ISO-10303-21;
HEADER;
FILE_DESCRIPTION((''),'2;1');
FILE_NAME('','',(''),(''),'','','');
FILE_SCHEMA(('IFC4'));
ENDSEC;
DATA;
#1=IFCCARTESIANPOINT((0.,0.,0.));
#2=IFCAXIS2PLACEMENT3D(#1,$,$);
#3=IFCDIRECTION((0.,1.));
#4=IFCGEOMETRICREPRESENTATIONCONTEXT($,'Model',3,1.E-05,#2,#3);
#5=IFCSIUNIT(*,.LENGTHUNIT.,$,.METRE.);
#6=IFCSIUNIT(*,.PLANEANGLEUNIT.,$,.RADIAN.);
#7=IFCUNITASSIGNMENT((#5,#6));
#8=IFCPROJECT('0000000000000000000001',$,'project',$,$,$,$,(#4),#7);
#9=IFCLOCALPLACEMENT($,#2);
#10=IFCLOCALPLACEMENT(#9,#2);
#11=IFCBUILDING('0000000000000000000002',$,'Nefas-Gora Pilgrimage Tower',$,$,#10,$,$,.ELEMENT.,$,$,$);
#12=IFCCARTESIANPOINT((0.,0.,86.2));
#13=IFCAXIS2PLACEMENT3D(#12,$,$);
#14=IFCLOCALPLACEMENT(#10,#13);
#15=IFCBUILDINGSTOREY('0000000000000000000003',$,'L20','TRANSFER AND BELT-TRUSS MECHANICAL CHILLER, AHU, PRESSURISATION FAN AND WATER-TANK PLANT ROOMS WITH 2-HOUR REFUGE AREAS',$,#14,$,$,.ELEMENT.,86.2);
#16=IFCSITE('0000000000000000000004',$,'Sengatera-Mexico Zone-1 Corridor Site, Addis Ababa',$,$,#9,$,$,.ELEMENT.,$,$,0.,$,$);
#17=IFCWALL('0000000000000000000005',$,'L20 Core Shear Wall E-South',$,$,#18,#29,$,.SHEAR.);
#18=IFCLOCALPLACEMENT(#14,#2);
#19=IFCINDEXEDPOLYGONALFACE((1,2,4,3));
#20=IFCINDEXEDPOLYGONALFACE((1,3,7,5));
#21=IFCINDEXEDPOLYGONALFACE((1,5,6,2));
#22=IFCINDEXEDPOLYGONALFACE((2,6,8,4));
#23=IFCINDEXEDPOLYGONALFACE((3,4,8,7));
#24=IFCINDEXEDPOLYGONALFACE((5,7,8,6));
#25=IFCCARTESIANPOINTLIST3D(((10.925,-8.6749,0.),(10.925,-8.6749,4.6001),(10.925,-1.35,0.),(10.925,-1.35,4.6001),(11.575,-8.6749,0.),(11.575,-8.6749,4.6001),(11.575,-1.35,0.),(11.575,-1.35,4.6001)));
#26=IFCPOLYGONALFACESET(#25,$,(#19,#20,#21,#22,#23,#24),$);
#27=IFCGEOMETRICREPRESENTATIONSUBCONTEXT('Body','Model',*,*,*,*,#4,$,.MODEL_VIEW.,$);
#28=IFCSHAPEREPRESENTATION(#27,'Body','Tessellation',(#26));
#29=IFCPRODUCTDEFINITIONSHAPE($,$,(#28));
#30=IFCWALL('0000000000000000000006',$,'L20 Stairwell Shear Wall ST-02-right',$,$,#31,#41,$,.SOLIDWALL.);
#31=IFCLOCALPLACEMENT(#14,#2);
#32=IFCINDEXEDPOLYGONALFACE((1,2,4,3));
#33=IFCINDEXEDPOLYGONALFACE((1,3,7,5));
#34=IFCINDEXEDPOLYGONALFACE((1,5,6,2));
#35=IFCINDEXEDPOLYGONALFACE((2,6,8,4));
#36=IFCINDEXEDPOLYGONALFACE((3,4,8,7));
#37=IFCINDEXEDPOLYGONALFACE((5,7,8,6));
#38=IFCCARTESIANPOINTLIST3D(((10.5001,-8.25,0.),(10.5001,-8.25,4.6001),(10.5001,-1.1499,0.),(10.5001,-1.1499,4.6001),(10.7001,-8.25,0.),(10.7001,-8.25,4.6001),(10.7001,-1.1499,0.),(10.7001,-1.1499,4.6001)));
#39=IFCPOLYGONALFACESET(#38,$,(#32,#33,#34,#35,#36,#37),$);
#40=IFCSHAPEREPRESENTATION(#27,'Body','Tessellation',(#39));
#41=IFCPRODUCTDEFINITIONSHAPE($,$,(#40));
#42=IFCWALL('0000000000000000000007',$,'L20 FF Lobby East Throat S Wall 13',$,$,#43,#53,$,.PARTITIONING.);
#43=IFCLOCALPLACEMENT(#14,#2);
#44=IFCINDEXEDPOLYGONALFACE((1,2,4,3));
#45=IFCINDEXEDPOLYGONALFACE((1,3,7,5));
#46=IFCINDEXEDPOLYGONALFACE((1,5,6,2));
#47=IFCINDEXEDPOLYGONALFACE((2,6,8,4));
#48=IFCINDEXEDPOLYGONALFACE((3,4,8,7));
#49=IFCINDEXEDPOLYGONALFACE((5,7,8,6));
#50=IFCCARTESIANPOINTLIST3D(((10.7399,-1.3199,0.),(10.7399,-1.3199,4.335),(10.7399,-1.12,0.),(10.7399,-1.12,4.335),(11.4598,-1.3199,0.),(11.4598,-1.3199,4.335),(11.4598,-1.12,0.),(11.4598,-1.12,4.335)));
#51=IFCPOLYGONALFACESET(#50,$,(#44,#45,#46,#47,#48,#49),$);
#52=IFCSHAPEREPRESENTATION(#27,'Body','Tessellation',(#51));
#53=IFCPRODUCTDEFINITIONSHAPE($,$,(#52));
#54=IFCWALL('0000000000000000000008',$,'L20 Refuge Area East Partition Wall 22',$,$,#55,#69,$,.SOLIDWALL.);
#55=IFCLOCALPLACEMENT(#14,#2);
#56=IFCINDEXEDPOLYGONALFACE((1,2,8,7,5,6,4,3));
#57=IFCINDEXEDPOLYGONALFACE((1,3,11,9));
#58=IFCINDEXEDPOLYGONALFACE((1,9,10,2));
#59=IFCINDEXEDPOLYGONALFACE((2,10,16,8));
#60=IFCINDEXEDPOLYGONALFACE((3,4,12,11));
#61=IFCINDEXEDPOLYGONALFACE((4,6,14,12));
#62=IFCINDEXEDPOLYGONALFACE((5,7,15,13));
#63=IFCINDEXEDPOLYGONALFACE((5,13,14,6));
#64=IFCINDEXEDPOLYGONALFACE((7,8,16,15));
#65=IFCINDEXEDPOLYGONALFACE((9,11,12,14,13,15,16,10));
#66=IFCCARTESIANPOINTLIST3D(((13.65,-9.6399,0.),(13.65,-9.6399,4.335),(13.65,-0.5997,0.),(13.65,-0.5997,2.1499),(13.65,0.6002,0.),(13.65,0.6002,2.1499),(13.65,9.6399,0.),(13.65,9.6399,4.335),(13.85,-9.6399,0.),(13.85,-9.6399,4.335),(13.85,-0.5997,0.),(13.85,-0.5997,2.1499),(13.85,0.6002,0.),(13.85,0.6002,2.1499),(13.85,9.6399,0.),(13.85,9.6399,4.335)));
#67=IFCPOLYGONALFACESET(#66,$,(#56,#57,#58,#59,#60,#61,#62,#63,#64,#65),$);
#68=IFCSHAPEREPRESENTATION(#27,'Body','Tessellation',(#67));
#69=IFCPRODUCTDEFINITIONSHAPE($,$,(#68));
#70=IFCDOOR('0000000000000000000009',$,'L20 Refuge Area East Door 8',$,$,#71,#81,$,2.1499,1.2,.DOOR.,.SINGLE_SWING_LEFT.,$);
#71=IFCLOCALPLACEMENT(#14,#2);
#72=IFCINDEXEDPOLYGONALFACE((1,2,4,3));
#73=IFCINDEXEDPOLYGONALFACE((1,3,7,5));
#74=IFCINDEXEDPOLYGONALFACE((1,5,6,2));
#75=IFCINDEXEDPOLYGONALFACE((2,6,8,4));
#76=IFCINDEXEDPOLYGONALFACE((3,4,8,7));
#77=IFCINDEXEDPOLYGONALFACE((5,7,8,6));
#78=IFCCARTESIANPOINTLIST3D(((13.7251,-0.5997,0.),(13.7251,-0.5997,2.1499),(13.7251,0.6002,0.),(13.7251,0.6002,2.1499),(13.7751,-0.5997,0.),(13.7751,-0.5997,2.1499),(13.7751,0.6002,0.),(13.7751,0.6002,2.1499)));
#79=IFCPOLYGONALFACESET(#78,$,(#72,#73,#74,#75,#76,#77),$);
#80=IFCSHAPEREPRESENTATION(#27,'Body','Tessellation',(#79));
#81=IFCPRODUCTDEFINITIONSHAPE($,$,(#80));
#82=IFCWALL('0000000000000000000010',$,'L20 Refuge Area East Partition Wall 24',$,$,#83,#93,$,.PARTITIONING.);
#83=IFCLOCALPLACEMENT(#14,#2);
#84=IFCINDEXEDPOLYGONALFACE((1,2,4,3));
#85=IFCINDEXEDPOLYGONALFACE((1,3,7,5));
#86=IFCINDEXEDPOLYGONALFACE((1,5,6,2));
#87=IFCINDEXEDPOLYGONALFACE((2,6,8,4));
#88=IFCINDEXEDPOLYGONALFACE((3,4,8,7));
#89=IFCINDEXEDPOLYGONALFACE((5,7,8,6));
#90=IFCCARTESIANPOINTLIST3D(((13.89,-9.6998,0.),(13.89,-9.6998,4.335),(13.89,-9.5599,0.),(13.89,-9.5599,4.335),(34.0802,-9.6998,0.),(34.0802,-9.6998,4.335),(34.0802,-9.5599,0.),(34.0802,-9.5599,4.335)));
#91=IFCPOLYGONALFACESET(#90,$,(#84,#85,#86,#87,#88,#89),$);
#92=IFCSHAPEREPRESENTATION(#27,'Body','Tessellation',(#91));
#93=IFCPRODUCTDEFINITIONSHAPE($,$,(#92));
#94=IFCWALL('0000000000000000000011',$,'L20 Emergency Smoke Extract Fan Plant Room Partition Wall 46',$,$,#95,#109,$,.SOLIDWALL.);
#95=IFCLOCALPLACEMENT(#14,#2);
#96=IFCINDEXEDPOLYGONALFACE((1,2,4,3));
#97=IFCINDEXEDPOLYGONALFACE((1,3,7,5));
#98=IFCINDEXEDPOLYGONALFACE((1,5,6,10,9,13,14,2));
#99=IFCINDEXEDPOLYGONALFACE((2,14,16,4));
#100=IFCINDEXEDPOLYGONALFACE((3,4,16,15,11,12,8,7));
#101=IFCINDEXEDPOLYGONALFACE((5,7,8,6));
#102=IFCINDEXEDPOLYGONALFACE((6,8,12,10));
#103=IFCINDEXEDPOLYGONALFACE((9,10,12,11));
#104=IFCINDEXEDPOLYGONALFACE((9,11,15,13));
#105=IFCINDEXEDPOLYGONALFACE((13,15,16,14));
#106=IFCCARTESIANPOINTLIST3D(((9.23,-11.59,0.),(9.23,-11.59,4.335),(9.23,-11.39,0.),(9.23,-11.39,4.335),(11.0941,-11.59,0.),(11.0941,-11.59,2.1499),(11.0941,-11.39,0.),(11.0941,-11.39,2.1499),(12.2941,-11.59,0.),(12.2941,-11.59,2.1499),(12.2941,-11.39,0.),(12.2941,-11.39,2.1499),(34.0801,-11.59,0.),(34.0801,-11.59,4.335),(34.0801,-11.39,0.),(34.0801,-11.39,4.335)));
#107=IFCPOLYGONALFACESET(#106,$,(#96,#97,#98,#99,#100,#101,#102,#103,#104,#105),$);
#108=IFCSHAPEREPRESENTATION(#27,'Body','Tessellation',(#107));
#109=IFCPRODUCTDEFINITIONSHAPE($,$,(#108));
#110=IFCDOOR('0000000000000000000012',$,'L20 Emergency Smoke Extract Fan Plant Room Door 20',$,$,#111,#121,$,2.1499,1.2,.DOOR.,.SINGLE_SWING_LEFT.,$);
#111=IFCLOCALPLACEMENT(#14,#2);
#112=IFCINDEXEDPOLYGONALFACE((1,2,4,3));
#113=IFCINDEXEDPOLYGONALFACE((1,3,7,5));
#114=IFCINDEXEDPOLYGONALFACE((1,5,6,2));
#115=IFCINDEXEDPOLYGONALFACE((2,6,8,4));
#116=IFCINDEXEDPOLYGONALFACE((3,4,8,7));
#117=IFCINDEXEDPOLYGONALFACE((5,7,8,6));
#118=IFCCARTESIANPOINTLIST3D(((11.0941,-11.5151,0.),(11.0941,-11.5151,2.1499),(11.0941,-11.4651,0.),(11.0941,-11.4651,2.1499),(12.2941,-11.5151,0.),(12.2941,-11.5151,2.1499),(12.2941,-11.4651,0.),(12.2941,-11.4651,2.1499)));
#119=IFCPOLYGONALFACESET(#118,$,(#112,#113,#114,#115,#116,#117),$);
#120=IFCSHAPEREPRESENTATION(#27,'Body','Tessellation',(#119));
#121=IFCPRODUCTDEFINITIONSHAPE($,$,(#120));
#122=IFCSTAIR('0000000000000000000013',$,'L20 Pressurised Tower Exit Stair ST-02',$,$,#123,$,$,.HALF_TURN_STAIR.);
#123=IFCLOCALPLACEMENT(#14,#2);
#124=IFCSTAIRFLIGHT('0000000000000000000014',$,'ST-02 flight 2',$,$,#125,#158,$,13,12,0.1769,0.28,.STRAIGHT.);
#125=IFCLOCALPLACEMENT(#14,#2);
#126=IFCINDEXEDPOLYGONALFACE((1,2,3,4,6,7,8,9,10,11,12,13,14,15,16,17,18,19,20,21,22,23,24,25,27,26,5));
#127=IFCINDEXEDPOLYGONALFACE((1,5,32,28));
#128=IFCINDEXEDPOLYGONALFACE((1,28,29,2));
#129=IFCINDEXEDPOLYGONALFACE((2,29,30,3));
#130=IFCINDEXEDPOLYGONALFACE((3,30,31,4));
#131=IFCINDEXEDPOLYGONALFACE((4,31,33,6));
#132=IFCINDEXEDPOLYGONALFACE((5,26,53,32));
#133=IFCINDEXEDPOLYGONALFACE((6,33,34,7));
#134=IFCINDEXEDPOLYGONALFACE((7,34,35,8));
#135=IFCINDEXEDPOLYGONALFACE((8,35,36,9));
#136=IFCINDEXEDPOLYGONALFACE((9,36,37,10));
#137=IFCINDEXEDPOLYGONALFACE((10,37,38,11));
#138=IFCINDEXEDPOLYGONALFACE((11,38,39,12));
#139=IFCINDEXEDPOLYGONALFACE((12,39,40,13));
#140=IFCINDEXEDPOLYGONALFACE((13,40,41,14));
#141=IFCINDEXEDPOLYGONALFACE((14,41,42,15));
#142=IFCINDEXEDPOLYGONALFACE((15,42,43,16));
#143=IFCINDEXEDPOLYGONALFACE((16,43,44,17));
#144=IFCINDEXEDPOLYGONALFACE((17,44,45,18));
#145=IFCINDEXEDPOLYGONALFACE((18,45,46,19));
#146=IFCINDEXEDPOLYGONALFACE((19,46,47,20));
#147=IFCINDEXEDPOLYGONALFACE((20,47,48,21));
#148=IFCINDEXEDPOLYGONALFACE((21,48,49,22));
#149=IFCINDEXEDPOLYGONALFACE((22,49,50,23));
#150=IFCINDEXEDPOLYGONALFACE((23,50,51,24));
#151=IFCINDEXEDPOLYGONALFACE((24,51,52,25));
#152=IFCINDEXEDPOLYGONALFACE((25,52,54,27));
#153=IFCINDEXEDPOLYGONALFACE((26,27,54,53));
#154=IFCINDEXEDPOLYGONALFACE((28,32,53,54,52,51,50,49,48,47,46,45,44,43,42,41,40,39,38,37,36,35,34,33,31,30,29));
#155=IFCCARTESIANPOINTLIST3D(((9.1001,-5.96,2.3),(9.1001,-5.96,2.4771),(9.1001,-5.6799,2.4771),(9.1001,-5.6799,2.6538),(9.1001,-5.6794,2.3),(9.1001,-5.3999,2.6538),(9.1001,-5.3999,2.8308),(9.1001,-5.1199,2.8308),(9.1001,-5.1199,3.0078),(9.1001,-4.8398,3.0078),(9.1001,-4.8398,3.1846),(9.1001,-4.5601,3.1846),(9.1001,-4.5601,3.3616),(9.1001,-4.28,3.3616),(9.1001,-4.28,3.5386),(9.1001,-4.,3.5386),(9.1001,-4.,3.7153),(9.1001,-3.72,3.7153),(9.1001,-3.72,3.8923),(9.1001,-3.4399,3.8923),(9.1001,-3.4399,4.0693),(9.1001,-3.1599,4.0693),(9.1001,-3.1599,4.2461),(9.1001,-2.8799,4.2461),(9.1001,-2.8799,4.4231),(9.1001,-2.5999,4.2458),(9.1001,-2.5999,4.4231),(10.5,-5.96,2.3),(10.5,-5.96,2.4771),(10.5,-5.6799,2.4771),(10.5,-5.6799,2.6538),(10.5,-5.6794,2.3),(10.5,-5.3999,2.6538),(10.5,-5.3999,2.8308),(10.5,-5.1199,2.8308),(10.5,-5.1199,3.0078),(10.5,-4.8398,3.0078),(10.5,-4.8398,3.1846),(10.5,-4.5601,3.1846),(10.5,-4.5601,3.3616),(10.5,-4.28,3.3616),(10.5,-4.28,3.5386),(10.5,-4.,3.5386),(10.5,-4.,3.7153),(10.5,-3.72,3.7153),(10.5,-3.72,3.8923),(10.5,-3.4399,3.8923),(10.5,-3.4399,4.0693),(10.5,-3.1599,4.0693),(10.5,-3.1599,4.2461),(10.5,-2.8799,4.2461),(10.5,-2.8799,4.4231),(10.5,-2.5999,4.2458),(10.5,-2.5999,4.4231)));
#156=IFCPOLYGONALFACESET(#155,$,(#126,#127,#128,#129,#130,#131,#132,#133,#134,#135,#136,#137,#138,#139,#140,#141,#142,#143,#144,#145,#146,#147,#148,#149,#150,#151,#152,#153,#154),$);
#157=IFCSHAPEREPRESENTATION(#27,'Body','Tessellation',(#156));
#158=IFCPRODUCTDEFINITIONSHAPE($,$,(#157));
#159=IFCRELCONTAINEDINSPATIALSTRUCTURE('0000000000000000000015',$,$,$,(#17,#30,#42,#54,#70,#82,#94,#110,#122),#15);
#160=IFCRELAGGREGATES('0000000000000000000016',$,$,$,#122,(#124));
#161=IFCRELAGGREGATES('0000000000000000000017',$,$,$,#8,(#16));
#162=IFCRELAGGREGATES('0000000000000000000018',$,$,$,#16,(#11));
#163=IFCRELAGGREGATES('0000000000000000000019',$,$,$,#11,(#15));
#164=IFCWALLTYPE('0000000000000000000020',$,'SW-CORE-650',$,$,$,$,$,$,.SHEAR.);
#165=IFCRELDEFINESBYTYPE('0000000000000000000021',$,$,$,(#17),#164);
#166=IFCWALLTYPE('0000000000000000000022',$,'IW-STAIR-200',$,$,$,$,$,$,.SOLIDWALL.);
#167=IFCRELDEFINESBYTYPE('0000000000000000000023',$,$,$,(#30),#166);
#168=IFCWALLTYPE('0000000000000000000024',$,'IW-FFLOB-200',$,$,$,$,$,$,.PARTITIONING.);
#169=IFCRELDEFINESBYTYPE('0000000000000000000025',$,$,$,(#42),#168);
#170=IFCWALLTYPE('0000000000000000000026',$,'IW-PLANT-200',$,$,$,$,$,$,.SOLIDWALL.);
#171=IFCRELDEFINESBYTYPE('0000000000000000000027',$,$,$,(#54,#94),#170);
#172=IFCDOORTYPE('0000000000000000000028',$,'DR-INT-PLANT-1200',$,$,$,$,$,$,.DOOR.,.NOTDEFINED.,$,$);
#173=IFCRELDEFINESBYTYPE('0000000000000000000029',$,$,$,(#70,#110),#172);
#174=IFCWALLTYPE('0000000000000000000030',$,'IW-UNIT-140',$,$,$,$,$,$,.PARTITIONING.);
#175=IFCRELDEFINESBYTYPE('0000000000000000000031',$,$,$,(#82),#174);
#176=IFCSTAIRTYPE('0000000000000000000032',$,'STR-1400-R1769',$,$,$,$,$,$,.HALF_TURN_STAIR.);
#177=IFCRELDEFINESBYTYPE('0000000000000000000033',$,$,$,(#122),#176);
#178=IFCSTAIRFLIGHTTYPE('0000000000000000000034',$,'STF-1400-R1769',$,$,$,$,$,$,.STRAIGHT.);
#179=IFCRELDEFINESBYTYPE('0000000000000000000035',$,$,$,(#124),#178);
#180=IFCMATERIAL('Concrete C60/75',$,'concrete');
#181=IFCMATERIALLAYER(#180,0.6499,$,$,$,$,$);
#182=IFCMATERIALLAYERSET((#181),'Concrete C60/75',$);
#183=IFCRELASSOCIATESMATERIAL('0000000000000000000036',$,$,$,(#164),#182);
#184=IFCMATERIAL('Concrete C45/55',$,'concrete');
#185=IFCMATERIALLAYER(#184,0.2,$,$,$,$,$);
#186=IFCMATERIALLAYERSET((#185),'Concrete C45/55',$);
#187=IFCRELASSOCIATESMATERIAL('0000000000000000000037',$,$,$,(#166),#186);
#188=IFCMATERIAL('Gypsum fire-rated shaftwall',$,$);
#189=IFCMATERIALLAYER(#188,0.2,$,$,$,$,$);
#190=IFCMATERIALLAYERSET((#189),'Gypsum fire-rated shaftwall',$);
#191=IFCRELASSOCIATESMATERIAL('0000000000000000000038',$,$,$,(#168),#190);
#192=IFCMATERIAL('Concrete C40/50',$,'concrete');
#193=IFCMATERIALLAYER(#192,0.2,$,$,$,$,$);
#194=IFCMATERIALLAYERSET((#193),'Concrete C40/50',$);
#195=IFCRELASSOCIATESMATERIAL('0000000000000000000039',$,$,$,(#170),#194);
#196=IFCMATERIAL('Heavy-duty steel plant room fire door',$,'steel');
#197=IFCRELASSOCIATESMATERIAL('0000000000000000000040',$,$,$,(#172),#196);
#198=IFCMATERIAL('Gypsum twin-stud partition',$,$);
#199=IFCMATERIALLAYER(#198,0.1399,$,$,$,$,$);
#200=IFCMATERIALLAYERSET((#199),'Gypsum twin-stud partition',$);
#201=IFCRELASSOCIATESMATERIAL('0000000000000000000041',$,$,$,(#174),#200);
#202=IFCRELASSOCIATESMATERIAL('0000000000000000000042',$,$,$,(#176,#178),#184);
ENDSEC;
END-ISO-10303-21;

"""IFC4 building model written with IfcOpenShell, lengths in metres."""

from ifc_helpers import new_model, si_unit, direction, frame, frame_2d, origin, place, context, subcontext, project, spatial, polyline, rectangle, outline, extrude, source, transform, mapped, material, layer, layer_set, type_object, element, fill, aggregate, save


model = new_model("IFC4")

# Units and contexts
model_context = context("Model", 3, precision=1e-05, world=origin(), true_north=direction((0.0, 1.0)))
body_context = subcontext(model_context, "Body", "Model", "MODEL_VIEW")
ifc_project = project(units=[si_unit("LENGTHUNIT", "METRE"), si_unit("PLANEANGLEUNIT", "RADIAN")], contexts=[model_context])

# Site, building, storey
site_placement = place(None, origin())
site = spatial("IfcSite", under=ifc_project, at=site_placement, Name="Sengatera-Mexico Zone-1 Corridor Site, Addis Ababa", CompositionType="ELEMENT", RefElevation=0.0)
building_placement = place(site_placement, origin())
building = spatial("IfcBuilding", under=site, at=building_placement, Name="Nefas-Gora Pilgrimage Tower", CompositionType="ELEMENT")
storey_placement = place(building_placement, frame((0.0, 0.0, 86.2)))
storey = spatial("IfcBuildingStorey", under=building, at=storey_placement, Name="L20", Description="TRANSFER AND BELT-TRUSS MECHANICAL CHILLER, AHU, PRESSURISATION FAN AND WATER-TANK PLANT ROOMS WITH 2-HOUR REFUGE AREAS", CompositionType="ELEMENT", Elevation=86.2)

# Shared definitions
ifc_material_1 = material(Name="Concrete C60/75", Category="concrete")

# Walls
ifc_layer_1 = layer(ifc_material_1, 0.6499)
ifc_layer_set_1 = layer_set([ifc_layer_1], Name="Concrete C60/75")
wall_type_1 = type_object("IfcWallType", Name="SW-CORE-650", PredefinedType="SHEAR", material=ifc_layer_set_1)
shared_shape_1 = source(origin(), body_context, "Body", "SweptSolid", [
    extrude(rectangle(XDim=7.325, YDim=0.6499, at=frame_2d((3.6626, 0.0))), origin(), (0.0, 0.0, 1.0), 4.6001),
])
wall_1_placement = place(storey_placement, frame((11.25, -8.675, 0.0), z_axis=(0.0, 0.0, 1.0), x_axis=(0.0, 1.0, 0.0)))
element("IfcWall", 1, at=wall_1_placement, inside=storey, type_object=wall_type_1, Name="L20 Core Shear Wall E-South", PredefinedType="SHEAR", context=body_context, shape_type="MappedRepresentation", body=[
    mapped(shared_shape_1, transform((0.0, 0.0, 0.0), x_axis=(1.0, 0.0, 0.0), y_axis=(0.0, 1.0, 0.0), z_axis=(0.0, 0.0, 1.0), scale=1.0)),
])
ifc_material_2 = material(Name="Concrete C45/55", Category="concrete")
ifc_layer_2 = layer(ifc_material_2, 0.2)
ifc_layer_set_2 = layer_set([ifc_layer_2], Name="Concrete C45/55")
wall_type_2 = type_object("IfcWallType", Name="IW-STAIR-200", PredefinedType="SOLIDWALL", material=ifc_layer_set_2)
shared_shape_2 = source(origin(), body_context, "Body", "SweptSolid", [
    extrude(rectangle(XDim=7.1001, YDim=0.2, at=frame_2d((3.55, 0.0))), origin(), (0.0, 0.0, 1.0), 4.6001),
])
wall_2_placement = place(storey_placement, frame((10.6001, -1.1499, 0.0), z_axis=(0.0, 0.0, 1.0), x_axis=(0.0, -1.0, 0.0)))
element("IfcWall", 2, at=wall_2_placement, inside=storey, type_object=wall_type_2, Name="L20 Stairwell Shear Wall ST-02-right", PredefinedType="SOLIDWALL", context=body_context, shape_type="MappedRepresentation", body=[
    mapped(shared_shape_2, transform((0.0, 0.0, 0.0), x_axis=(1.0, 0.0, 0.0), y_axis=(0.0, 1.0, 0.0), z_axis=(0.0, 0.0, 1.0), scale=1.0)),
])

# Shared definitions
ifc_material_3 = material(Name="Gypsum fire-rated shaftwall")
ifc_layer_3 = layer(ifc_material_3, 0.2)
ifc_layer_set_3 = layer_set([ifc_layer_3], Name="Gypsum fire-rated shaftwall")
wall_type_3 = type_object("IfcWallType", Name="IW-FFLOB-200", PredefinedType="PARTITIONING", material=ifc_layer_set_3)
shared_shape_3 = source(origin(), body_context, "Body", "SweptSolid", [
    extrude(rectangle(XDim=1.2, YDim=2.1499, at=frame_2d((0.6001, 1.075))), frame((0.0, 0.0249, 0.0), z_axis=(0.0, -1.0, 0.0), x_axis=(1.0, 0.0, 0.0)), (0.0, 0.0, 1.0), 0.05),
])

# Wall
shared_shape_4 = source(origin(), body_context, "Body", "SweptSolid", [
    extrude(rectangle(XDim=0.72, YDim=0.2, at=frame_2d((0.3599, 0.0))), origin(), (0.0, 0.0, 1.0), 4.335),
])
wall_3_placement = place(storey_placement, frame((10.74, -1.22, 0.0), z_axis=(0.0, 0.0, 1.0), x_axis=(1.0, 0.0, 0.0)))
element("IfcWall", 3, at=wall_3_placement, inside=storey, type_object=wall_type_3, Name="L20 FF Lobby East Throat S Wall 13", PredefinedType="PARTITIONING", context=body_context, shape_type="MappedRepresentation", body=[
    mapped(shared_shape_4, transform((0.0, 0.0, 0.0), x_axis=(1.0, 0.0, 0.0), y_axis=(0.0, 1.0, 0.0), z_axis=(0.0, 0.0, 1.0), scale=1.0)),
])

# Wall, opening, door
ifc_material_4 = material(Name="Concrete C40/50", Category="concrete")
ifc_layer_4 = layer(ifc_material_4, 0.2)
ifc_layer_set_4 = layer_set([ifc_layer_4], Name="Concrete C40/50")
wall_type_4 = type_object("IfcWallType", Name="IW-PLANT-200", PredefinedType="SOLIDWALL", material=ifc_layer_set_4)
shared_shape_5 = source(origin(), body_context, "Body", "SweptSolid", [
    extrude(rectangle(XDim=19.2798, YDim=0.2, at=frame_2d((9.6399, 0.0))), origin(), (0.0, 0.0, 1.0), 4.335),
])
wall_4_placement = place(storey_placement, frame((13.75, -9.6399, 0.0), z_axis=(0.0, 0.0, 1.0), x_axis=(0.0, 1.0, 0.0)))
wall_4 = element("IfcWall", 4, at=wall_4_placement, inside=storey, type_object=wall_type_4, Name="L20 Refuge Area East Partition Wall 22", PredefinedType="SOLIDWALL", context=body_context, shape_type="MappedRepresentation", body=[
    mapped(shared_shape_5, transform((0.0, 0.0, 0.0), x_axis=(1.0, 0.0, 0.0), y_axis=(0.0, 1.0, 0.0), z_axis=(0.0, 0.0, 1.0), scale=1.0)),
])
opening_1_placement = place(wall_4_placement, frame((9.04, 0.0, 0.0)))
opening_1 = element("IfcOpeningElement", 5, at=opening_1_placement, cuts=wall_4, PredefinedType="OPENING", context=body_context, shape_type="SweptSolid", body=[
    extrude(rectangle(XDim=1.2, YDim=2.1499, at=frame_2d((0.6001, 1.075))), frame((0.0, 0.1099, 0.0), z_axis=(0.0, -1.0, 0.0), x_axis=(1.0, 0.0, 0.0)), (0.0, 0.0, 1.0), 0.22),
])
ifc_material_5 = material(Name="Heavy-duty steel plant room fire door", Category="steel")
door_type_1 = type_object("IfcDoorType", Name="DR-INT-PLANT-1200", OperationType="NOTDEFINED", PredefinedType="DOOR", material=ifc_material_5)
door_1_placement = place(opening_1_placement, origin())
door_1 = element("IfcDoor", 6, at=door_1_placement, inside=storey, type_object=door_type_1, Name="L20 Refuge Area East Door 8", OperationType="SINGLE_SWING_LEFT", OverallHeight=2.1499, OverallWidth=1.2, PredefinedType="DOOR", context=body_context, shape_type="MappedRepresentation", body=[
    mapped(shared_shape_3, transform((0.0, 0.0, 0.0), x_axis=(1.0, 0.0, 0.0), y_axis=(0.0, 1.0, 0.0), z_axis=(0.0, 0.0, 1.0), scale=1.0)),
])
fill(opening_1, door_1)

# Wall
ifc_material_6 = material(Name="Gypsum twin-stud partition")
ifc_layer_5 = layer(ifc_material_6, 0.1399)
ifc_layer_set_5 = layer_set([ifc_layer_5], Name="Gypsum twin-stud partition")
wall_type_5 = type_object("IfcWallType", Name="IW-UNIT-140", PredefinedType="PARTITIONING", material=ifc_layer_set_5)
shared_shape_6 = source(origin(), body_context, "Body", "SweptSolid", [
    extrude(rectangle(XDim=20.1902, YDim=0.1399, at=frame_2d((10.0952, 0.0))), origin(), (0.0, 0.0, 1.0), 4.335),
])
wall_5_placement = place(storey_placement, frame((13.8899, -9.6299, 0.0), z_axis=(0.0, 0.0, 1.0), x_axis=(1.0, 0.0, 0.0)))
element("IfcWall", 7, at=wall_5_placement, inside=storey, type_object=wall_type_5, Name="L20 Refuge Area East Partition Wall 24", PredefinedType="PARTITIONING", context=body_context, shape_type="MappedRepresentation", body=[
    mapped(shared_shape_6, transform((0.0, 0.0, 0.0), x_axis=(1.0, 0.0, 0.0), y_axis=(0.0, 1.0, 0.0), z_axis=(0.0, 0.0, 1.0), scale=1.0)),
])

# Wall, opening, door
shared_shape_7 = source(origin(), body_context, "Body", "SweptSolid", [
    extrude(rectangle(XDim=24.8501, YDim=0.2, at=frame_2d((12.425, 0.0))), origin(), (0.0, 0.0, 1.0), 4.335),
])
wall_6_placement = place(storey_placement, frame((9.23, -11.49, 0.0), z_axis=(0.0, 0.0, 1.0), x_axis=(1.0, 0.0, 0.0)))
wall_6 = element("IfcWall", 8, at=wall_6_placement, inside=storey, type_object=wall_type_4, Name="L20 Emergency Smoke Extract Fan Plant Room Partition Wall 46", PredefinedType="SOLIDWALL", context=body_context, shape_type="MappedRepresentation", body=[
    mapped(shared_shape_7, transform((0.0, 0.0, 0.0), x_axis=(1.0, 0.0, 0.0), y_axis=(0.0, 1.0, 0.0), z_axis=(0.0, 0.0, 1.0), scale=1.0)),
])
opening_2_placement = place(wall_6_placement, frame((1.864, 0.0, 0.0)))
opening_2 = element("IfcOpeningElement", 9, at=opening_2_placement, cuts=wall_6, PredefinedType="OPENING", context=body_context, shape_type="SweptSolid", body=[
    extrude(rectangle(XDim=1.2, YDim=2.1499, at=frame_2d((0.6001, 1.075))), frame((0.0, 0.1099, 0.0), z_axis=(0.0, -1.0, 0.0), x_axis=(1.0, 0.0, 0.0)), (0.0, 0.0, 1.0), 0.22),
])
door_2_placement = place(opening_2_placement, origin())
door_2 = element("IfcDoor", 10, at=door_2_placement, inside=storey, type_object=door_type_1, Name="L20 Emergency Smoke Extract Fan Plant Room Door 20", OperationType="SINGLE_SWING_LEFT", OverallHeight=2.1499, OverallWidth=1.2, PredefinedType="DOOR", context=body_context, shape_type="MappedRepresentation", body=[
    mapped(shared_shape_3, transform((0.0, 0.0, 0.0), x_axis=(1.0, 0.0, 0.0), y_axis=(0.0, 1.0, 0.0), z_axis=(0.0, 0.0, 1.0), scale=1.0)),
])
fill(opening_2, door_2)

# Stair, stair flight
stair_type = type_object("IfcStairType", Name="STR-1400-R1769", PredefinedType="HALF_TURN_STAIR", material=ifc_material_2)
stair_placement = place(storey_placement, origin())
stair = element("IfcStair", 11, at=stair_placement, inside=storey, type_object=stair_type, Name="L20 Pressurised Tower Exit Stair ST-02", PredefinedType="HALF_TURN_STAIR")
stair_flight_type = type_object("IfcStairFlightType", Name="STF-1400-R1769", PredefinedType="STRAIGHT", material=ifc_material_2)
shared_shape_8 = source(origin(), body_context, "Body", "SweptSolid", [
    extrude(outline(polyline([(0.0, 0.0), (0.0, 0.177), (0.28, 0.177), (0.28, 0.3538), (0.5601, 0.3538), (0.5601, 0.5308), (0.8401, 0.5308), (0.8401, 0.7078), (1.1201, 0.7078), (1.1201, 0.8845), (1.3999, 0.8845), (1.3999, 1.0615), (1.6799, 1.0615), (1.6799, 1.2385), (1.96, 1.2385), (1.96, 1.4153), (2.24, 1.4153), (2.24, 1.5923), (2.52, 1.5923), (2.52, 1.7693), (2.8, 1.7693), (2.8, 1.946), (3.0801, 1.946), (3.0801, 2.123), (3.3601, 2.123), (3.3601, 2.3), (3.3601, 1.9458), (0.2805, 0.0), (0.0, 0.0)])), frame((0.0, 0.7, 0.0), z_axis=(0.0, -1.0, 0.0), x_axis=(1.0, 0.0, 0.0)), (0.0, 0.0, 1.0), 1.3999),
])
stair_flight_placement = place(storey_placement, frame((9.8, -5.96, 2.3), z_axis=(0.0, 0.0, 1.0), x_axis=(0.0, 1.0, 0.0)))
stair_flight = element("IfcStairFlight", 12, at=stair_flight_placement, type_object=stair_flight_type, Name="ST-02 flight 2", NumberOfRisers=13, NumberOfTreads=12, PredefinedType="STRAIGHT", RiserHeight=0.1769, TreadLength=0.28, context=body_context, shape_type="MappedRepresentation", body=[
    mapped(shared_shape_8, transform((0.0, 0.0, 0.0), x_axis=(1.0, 0.0, 0.0), y_axis=(0.0, 1.0, 0.0), z_axis=(0.0, 0.0, 1.0), scale=1.0)),
])
aggregate(stair, [stair_flight])

save(model, "model.ifc")
